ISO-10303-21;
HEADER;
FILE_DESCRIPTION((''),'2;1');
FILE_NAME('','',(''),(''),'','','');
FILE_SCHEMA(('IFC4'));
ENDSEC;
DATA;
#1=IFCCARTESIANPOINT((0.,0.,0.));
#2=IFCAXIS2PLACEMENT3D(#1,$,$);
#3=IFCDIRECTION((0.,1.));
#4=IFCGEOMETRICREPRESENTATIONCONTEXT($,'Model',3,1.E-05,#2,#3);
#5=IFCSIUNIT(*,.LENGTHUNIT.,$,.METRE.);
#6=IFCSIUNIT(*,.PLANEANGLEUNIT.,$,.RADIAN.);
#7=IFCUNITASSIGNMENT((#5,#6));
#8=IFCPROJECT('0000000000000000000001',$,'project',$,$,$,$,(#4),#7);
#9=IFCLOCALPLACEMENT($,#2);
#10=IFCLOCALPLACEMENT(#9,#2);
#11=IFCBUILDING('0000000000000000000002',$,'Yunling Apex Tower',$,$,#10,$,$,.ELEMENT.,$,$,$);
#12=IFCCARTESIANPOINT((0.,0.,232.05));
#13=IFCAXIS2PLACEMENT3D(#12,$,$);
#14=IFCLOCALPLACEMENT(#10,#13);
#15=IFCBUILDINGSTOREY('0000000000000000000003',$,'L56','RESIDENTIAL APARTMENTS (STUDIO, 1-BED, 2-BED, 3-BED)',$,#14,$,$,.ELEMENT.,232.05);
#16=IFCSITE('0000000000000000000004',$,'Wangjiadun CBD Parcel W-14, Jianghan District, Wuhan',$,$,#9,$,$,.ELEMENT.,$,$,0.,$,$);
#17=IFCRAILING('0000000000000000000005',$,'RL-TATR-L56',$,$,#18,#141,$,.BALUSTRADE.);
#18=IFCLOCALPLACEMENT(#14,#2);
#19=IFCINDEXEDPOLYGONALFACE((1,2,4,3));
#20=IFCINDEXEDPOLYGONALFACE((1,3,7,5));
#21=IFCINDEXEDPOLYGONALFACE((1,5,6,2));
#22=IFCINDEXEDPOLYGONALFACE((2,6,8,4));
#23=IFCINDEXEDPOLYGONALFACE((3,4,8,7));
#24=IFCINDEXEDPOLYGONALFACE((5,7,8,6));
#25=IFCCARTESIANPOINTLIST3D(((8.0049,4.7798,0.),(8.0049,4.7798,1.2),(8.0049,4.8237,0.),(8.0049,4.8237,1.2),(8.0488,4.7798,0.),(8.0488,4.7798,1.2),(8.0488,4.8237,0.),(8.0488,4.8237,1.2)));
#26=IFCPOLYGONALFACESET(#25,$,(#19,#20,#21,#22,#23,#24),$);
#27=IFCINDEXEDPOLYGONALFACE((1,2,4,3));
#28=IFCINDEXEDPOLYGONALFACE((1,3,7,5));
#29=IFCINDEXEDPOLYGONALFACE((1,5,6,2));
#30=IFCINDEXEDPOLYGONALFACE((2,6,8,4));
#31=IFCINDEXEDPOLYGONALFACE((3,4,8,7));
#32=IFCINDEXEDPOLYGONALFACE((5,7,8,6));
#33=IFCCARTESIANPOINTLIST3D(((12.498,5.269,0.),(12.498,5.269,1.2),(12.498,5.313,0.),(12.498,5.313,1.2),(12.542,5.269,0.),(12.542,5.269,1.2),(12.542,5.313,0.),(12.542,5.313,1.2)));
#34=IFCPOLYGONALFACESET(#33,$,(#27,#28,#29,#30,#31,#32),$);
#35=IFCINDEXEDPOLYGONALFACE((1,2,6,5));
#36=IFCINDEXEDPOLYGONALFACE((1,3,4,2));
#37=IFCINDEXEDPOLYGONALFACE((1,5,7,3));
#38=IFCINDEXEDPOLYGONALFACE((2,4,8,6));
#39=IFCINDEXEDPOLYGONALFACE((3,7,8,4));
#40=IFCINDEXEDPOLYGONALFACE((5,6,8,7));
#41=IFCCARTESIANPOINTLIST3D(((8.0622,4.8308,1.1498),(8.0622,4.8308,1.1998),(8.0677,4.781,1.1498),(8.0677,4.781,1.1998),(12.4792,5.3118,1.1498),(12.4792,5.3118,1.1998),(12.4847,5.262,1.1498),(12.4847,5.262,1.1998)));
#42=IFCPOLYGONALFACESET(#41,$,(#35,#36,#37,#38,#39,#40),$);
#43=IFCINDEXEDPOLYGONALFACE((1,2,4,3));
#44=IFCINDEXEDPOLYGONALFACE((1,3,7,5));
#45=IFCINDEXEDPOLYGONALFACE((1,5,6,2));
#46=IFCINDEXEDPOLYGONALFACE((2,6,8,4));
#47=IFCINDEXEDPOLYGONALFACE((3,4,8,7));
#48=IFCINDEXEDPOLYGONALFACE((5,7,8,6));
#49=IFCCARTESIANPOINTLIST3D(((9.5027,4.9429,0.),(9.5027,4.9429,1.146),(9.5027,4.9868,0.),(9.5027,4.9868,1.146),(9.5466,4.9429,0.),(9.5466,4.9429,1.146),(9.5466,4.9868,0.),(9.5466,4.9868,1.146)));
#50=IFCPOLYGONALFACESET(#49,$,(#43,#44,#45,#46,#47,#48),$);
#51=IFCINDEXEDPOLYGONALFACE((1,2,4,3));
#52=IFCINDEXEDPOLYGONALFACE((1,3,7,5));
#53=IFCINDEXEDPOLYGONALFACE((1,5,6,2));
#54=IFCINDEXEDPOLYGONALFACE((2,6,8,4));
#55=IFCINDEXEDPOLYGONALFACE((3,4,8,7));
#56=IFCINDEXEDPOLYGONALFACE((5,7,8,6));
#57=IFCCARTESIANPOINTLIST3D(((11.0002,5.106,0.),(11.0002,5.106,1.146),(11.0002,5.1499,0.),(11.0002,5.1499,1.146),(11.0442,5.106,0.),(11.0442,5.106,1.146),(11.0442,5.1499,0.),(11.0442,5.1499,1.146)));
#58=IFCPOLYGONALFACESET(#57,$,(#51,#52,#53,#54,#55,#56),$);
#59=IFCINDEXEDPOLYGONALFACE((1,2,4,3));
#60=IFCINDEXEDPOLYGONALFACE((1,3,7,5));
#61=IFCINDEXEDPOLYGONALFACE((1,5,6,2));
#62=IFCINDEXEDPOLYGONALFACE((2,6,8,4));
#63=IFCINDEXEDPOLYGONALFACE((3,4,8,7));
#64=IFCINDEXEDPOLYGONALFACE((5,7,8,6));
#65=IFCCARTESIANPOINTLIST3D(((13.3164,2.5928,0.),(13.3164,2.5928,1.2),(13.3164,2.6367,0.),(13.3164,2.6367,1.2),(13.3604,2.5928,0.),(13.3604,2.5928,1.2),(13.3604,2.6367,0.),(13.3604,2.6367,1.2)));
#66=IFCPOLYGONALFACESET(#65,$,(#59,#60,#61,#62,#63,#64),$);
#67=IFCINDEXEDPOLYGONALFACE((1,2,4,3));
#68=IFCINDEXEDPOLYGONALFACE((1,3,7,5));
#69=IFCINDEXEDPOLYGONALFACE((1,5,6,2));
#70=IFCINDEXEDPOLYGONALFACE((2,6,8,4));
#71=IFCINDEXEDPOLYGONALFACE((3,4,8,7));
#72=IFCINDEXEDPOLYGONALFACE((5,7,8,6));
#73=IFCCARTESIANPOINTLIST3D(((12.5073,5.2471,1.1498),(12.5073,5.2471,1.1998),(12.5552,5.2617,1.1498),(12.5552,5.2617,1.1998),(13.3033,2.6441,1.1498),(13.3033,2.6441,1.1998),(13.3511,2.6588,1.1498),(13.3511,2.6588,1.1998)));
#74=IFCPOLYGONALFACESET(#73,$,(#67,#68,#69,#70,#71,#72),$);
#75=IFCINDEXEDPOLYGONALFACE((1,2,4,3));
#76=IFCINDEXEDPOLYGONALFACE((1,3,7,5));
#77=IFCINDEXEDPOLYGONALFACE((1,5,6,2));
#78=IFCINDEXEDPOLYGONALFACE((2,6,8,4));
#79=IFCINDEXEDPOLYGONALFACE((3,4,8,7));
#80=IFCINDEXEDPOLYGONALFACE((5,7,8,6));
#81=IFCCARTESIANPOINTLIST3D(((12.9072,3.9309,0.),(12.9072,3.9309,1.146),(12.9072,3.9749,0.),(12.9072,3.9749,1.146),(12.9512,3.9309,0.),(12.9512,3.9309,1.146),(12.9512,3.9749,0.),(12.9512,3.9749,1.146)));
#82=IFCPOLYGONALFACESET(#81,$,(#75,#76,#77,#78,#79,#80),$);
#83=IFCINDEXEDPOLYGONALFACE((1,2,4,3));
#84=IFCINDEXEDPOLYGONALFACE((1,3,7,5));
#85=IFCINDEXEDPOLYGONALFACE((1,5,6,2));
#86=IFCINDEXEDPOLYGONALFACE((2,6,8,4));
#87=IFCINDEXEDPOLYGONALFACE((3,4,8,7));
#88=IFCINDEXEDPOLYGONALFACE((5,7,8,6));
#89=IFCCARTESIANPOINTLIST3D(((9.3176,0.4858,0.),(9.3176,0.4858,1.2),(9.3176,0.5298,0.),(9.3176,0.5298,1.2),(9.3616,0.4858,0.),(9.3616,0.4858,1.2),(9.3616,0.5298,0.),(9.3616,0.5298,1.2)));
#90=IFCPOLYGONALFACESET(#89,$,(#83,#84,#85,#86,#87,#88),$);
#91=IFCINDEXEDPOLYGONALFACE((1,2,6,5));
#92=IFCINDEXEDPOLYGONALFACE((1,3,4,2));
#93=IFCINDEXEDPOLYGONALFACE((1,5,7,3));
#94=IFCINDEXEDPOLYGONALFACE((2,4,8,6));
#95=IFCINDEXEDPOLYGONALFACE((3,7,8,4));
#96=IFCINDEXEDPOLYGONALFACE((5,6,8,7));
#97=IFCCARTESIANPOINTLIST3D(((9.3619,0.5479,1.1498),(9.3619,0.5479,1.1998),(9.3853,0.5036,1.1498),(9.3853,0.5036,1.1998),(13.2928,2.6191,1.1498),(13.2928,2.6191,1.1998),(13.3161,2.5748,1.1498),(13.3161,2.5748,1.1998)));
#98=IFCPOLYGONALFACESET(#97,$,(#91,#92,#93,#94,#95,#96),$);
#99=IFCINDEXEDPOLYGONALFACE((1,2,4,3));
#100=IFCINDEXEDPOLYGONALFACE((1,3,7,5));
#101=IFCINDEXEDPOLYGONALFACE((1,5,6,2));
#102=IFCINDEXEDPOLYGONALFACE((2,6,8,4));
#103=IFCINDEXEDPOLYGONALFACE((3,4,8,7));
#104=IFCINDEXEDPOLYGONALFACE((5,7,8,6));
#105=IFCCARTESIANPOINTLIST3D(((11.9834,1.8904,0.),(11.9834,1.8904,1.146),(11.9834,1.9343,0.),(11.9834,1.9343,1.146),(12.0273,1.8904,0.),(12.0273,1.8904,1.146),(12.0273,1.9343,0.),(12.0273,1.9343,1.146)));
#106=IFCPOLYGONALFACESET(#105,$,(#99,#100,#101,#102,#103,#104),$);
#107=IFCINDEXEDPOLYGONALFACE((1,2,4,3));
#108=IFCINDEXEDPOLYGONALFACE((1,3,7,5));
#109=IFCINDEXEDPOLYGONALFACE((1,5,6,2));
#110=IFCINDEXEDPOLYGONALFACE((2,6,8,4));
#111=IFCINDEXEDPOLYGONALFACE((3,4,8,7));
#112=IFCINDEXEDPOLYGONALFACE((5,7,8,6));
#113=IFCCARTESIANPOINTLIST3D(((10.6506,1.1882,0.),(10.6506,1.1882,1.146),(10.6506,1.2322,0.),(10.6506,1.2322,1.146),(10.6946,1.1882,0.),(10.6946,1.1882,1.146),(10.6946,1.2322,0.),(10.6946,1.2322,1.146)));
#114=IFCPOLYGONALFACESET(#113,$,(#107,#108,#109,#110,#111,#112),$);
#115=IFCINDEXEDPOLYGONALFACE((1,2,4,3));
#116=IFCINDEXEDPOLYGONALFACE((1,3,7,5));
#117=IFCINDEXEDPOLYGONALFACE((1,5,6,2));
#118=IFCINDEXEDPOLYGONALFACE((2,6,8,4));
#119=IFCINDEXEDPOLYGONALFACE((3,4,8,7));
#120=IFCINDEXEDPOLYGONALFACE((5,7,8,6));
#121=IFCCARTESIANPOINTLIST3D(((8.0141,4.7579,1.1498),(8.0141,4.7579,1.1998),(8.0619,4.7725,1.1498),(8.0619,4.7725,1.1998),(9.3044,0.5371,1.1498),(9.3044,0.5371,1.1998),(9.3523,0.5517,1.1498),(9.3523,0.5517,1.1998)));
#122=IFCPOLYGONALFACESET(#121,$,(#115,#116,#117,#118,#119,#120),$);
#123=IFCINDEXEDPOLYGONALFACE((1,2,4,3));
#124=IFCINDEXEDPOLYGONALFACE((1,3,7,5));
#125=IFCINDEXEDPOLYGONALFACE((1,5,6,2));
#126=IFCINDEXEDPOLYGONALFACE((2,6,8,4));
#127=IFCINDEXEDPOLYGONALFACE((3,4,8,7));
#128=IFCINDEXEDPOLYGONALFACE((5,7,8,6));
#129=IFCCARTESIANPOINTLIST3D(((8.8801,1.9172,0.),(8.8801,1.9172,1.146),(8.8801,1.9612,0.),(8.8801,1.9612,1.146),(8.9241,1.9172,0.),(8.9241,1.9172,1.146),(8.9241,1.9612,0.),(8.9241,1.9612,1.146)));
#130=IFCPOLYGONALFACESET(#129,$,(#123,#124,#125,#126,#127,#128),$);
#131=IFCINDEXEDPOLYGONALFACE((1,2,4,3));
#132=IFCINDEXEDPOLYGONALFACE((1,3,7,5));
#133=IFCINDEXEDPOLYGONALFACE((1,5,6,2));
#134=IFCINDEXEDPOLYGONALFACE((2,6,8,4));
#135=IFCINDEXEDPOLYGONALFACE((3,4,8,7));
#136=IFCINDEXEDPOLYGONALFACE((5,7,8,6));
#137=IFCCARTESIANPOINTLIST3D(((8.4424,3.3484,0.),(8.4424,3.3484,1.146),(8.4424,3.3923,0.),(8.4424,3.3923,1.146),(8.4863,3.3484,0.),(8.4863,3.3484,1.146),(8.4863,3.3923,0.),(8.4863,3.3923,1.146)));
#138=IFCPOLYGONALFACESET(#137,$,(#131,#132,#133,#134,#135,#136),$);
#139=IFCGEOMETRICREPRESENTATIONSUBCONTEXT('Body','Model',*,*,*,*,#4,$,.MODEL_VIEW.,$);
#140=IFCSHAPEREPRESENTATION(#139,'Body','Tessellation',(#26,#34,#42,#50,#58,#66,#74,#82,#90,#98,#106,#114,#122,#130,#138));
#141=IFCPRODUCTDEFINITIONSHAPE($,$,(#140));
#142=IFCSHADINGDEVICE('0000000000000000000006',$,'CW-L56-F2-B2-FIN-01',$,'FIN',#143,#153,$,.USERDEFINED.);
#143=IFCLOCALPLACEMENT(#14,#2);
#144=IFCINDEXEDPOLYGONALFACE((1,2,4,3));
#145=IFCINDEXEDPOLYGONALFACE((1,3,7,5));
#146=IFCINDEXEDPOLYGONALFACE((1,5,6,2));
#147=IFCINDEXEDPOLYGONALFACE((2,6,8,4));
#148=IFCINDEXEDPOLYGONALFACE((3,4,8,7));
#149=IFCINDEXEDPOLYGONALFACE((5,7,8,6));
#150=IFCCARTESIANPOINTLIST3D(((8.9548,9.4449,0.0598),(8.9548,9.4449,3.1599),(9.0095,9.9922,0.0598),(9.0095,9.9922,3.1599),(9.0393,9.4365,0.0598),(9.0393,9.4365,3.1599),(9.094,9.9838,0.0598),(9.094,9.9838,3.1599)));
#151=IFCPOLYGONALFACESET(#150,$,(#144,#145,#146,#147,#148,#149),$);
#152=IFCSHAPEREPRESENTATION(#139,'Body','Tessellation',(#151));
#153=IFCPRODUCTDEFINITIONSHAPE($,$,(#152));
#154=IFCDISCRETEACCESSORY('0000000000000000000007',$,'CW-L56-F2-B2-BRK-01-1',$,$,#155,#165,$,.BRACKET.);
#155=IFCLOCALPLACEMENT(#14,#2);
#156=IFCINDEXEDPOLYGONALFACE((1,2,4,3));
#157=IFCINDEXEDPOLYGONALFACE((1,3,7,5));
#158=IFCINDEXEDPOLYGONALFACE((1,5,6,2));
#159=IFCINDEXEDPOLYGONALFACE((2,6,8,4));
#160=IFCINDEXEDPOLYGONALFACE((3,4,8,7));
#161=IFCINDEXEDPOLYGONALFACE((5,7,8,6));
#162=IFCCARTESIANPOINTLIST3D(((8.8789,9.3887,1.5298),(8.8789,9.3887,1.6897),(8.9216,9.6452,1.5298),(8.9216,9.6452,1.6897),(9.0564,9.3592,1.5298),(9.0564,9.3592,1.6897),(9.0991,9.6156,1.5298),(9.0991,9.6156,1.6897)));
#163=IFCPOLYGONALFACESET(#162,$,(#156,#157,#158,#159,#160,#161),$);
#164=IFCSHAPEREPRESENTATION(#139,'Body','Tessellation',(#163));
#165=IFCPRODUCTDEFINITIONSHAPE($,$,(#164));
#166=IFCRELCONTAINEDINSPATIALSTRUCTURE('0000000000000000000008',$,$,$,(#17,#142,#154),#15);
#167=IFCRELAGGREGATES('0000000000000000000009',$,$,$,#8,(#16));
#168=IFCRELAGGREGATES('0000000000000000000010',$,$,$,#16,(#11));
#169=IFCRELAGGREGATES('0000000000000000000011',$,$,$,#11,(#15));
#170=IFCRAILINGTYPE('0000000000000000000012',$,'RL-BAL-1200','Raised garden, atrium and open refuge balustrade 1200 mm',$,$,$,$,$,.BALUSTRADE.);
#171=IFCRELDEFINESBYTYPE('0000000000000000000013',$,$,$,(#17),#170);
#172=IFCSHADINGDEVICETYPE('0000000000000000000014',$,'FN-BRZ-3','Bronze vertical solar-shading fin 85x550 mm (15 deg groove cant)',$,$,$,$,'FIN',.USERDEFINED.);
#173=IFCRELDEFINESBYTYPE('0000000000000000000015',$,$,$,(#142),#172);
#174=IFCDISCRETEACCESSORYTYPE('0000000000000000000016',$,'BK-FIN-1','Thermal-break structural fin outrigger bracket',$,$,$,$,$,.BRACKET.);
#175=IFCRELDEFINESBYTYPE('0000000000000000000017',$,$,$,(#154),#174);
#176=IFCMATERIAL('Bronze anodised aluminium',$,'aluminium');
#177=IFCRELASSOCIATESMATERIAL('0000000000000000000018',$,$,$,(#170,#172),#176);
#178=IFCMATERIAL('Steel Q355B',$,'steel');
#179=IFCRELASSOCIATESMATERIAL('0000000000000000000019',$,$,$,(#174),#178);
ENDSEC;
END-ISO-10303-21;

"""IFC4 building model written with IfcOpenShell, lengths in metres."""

from ifc_helpers import new_model, si_unit, direction, frame, origin, origin_2d, place, context, subcontext, project, spatial, rectangle, extrude, source, transform, mapped, material, material_profile, profile_set, type_object, element, save


model = new_model("IFC4")

# Units and contexts
model_context = context("Model", 3, precision=1e-05, world=origin(), true_north=direction((0.0, 1.0)))
body_context = subcontext(model_context, "Body", "Model", "MODEL_VIEW")
ifc_project = project(units=[si_unit("LENGTHUNIT", "METRE"), si_unit("PLANEANGLEUNIT", "RADIAN")], contexts=[model_context])

# Site, building, storey
site_placement = place(None, origin())
site = spatial("IfcSite", under=ifc_project, at=site_placement, Name="Wangjiadun CBD Parcel W-14, Jianghan District, Wuhan", CompositionType="ELEMENT", RefElevation=0.0)
building_placement = place(site_placement, origin())
building = spatial("IfcBuilding", under=site, at=building_placement, Name="Yunling Apex Tower", CompositionType="ELEMENT")
storey_placement = place(building_placement, frame((0.0, 0.0, 232.05)))
storey = spatial("IfcBuildingStorey", under=building, at=storey_placement, Name="L56", Description="RESIDENTIAL APARTMENTS (STUDIO, 1-BED, 2-BED, 3-BED)", CompositionType="ELEMENT", Elevation=232.05)

# Shared definitions
ifc_material_1 = material(Name="Steel Q355B", Category="steel")

# Shared definitions
ifc_material_2 = material(Name="Bronze anodised aluminium", Category="aluminium")

# Railing
railing_type = type_object("IfcRailingType", Name="RL-BAL-1200", Description="Raised garden, atrium and open refuge balustrade 1200 mm", PredefinedType="BALUSTRADE", material=ifc_material_2)
railing_1_placement = place(storey_placement, frame((8.0269, 4.8018, 0.0)))
element("IfcRailing", 1, at=railing_1_placement, inside=storey, type_object=railing_type, Name="RL-TATR-L56", PredefinedType="BALUSTRADE", context=body_context, shape_type="SweptSolid", body=[
    extrude(rectangle(XDim=0.0439, YDim=0.0439, at=origin_2d()), origin(), (0.0, 0.0, 1.0), 1.2),
    extrude(rectangle(XDim=0.0439, YDim=0.0439, at=origin_2d()), frame((4.4932, 0.4893, 0.0)), (0.0, 0.0, 1.0), 1.2),
    extrude(rectangle(XDim=0.05, YDim=0.05, at=origin_2d()), frame((0.0381, 0.0042, 1.1748), z_axis=(0.994124, 0.10825, 0.0), x_axis=(-0.10825, 0.994124, 0.0)), (0.0, 0.0, 1.0), 4.4431),
    extrude(rectangle(XDim=0.0439, YDim=0.0439, at=origin_2d()), frame((1.4978, 0.1631, 0.0)), (0.0, 0.0, 1.0), 1.146),
    extrude(rectangle(XDim=0.0439, YDim=0.0439, at=origin_2d()), frame((2.9954, 0.3262, 0.0)), (0.0, 0.0, 1.0), 1.146),
    extrude(rectangle(XDim=0.0439, YDim=0.0439, at=origin_2d()), frame((5.3115, -2.187, 0.0)), (0.0, 0.0, 1.0), 1.2),
    extrude(rectangle(XDim=0.05, YDim=0.05, at=origin_2d()), frame((4.5044, 0.4526, 1.1748), z_axis=(0.292418, -0.956291, 0.0), x_axis=(0.956291, 0.292418, 0.0)), (0.0, 0.0, 1.0), 2.7219),
    extrude(rectangle(XDim=0.0439, YDim=0.0439, at=origin_2d()), frame((4.9023, -0.8489, 0.0)), (0.0, 0.0, 1.0), 1.146),
    extrude(rectangle(XDim=0.0439, YDim=0.0439, at=origin_2d()), frame((1.3127, -4.2939, 0.0)), (0.0, 0.0, 1.0), 1.2),
    extrude(rectangle(XDim=0.05, YDim=0.05, at=origin_2d()), frame((5.2776, -2.2048, 1.1748), z_axis=(-0.884707, -0.466147, 0.0), x_axis=(0.466147, -0.884707, 0.0)), (0.0, 0.0, 1.0), 4.4431),
    extrude(rectangle(XDim=0.0439, YDim=0.0439, at=origin_2d()), frame((3.9785, -2.8894, 0.0)), (0.0, 0.0, 1.0), 1.146),
    extrude(rectangle(XDim=0.0439, YDim=0.0439, at=origin_2d()), frame((2.6458, -3.5916, 0.0)), (0.0, 0.0, 1.0), 1.146),
    extrude(rectangle(XDim=0.05, YDim=0.05, at=origin_2d()), frame((1.3015, -4.2573, 1.1748), z_axis=(-0.292362, 0.956308, 0.0), x_axis=(-0.956308, -0.292362, 0.0)), (0.0, 0.0, 1.0), 4.4136),
    extrude(rectangle(XDim=0.0439, YDim=0.0439, at=origin_2d()), frame((0.8752, -2.8625, 0.0)), (0.0, 0.0, 1.0), 1.146),
    extrude(rectangle(XDim=0.0439, YDim=0.0439, at=origin_2d()), frame((0.4375, -1.4314, 0.0)), (0.0, 0.0, 1.0), 1.146),
])

# Shading device
ifc_material_profile_1 = material_profile(ifc_material_2, rectangle(XDim=0.085, YDim=0.55, at=origin_2d()))
ifc_profile_set_1 = profile_set([ifc_material_profile_1], Name="Bronze anodised aluminium")
shading_device_type = type_object("IfcShadingDeviceType", Name="FN-BRZ-3", Description="Bronze vertical solar-shading fin 85x550 mm (15 deg groove cant)", ElementType="FIN", PredefinedType="USERDEFINED", material=ifc_profile_set_1)
shared_shape_1 = source(origin(), body_context, "Body", "SweptSolid", [
    extrude(rectangle(XDim=0.085, YDim=0.55, at=origin_2d()), origin(), (0.0, 0.0, 1.0), 3.1001),
])
shading_device_placement = place(storey_placement, frame((9.0244, 9.7144, 0.0598), z_axis=(0.0, 0.0, 1.0), x_axis=(-0.995038, 0.099493, 0.0)))
element("IfcShadingDevice", 2, at=shading_device_placement, inside=storey, type_object=shading_device_type, Name="CW-L56-F2-B2-FIN-01", ObjectType="FIN", PredefinedType="USERDEFINED", context=body_context, shape_type="MappedRepresentation", body=[
    mapped(shared_shape_1, transform((0.0, 0.0, 0.0), scale=1.0)),
])

# Discrete accessory
discrete_accessory_type = type_object("IfcDiscreteAccessoryType", Name="BK-FIN-1", Description="Thermal-break structural fin outrigger bracket", PredefinedType="BRACKET", material=ifc_material_1)
shared_shape_2 = source(origin(), body_context, "Body", "SweptSolid", [
    extrude(rectangle(XDim=0.1799, YDim=0.26, at=origin_2d()), origin(), (0.0, 0.0, 1.0), 0.1599),
])
discrete_accessory_placement = place(storey_placement, frame((8.989, 9.5022, 1.5298), z_axis=(0.0, 0.0, 1.0), x_axis=(-0.986401, 0.164359, 0.0)))
element("IfcDiscreteAccessory", 3, at=discrete_accessory_placement, inside=storey, type_object=discrete_accessory_type, Name="CW-L56-F2-B2-BRK-01-1", PredefinedType="BRACKET", context=body_context, shape_type="MappedRepresentation", body=[
    mapped(shared_shape_2, transform((0.0, 0.0, 0.0), scale=1.0)),
])

save(model, "model.ifc")
